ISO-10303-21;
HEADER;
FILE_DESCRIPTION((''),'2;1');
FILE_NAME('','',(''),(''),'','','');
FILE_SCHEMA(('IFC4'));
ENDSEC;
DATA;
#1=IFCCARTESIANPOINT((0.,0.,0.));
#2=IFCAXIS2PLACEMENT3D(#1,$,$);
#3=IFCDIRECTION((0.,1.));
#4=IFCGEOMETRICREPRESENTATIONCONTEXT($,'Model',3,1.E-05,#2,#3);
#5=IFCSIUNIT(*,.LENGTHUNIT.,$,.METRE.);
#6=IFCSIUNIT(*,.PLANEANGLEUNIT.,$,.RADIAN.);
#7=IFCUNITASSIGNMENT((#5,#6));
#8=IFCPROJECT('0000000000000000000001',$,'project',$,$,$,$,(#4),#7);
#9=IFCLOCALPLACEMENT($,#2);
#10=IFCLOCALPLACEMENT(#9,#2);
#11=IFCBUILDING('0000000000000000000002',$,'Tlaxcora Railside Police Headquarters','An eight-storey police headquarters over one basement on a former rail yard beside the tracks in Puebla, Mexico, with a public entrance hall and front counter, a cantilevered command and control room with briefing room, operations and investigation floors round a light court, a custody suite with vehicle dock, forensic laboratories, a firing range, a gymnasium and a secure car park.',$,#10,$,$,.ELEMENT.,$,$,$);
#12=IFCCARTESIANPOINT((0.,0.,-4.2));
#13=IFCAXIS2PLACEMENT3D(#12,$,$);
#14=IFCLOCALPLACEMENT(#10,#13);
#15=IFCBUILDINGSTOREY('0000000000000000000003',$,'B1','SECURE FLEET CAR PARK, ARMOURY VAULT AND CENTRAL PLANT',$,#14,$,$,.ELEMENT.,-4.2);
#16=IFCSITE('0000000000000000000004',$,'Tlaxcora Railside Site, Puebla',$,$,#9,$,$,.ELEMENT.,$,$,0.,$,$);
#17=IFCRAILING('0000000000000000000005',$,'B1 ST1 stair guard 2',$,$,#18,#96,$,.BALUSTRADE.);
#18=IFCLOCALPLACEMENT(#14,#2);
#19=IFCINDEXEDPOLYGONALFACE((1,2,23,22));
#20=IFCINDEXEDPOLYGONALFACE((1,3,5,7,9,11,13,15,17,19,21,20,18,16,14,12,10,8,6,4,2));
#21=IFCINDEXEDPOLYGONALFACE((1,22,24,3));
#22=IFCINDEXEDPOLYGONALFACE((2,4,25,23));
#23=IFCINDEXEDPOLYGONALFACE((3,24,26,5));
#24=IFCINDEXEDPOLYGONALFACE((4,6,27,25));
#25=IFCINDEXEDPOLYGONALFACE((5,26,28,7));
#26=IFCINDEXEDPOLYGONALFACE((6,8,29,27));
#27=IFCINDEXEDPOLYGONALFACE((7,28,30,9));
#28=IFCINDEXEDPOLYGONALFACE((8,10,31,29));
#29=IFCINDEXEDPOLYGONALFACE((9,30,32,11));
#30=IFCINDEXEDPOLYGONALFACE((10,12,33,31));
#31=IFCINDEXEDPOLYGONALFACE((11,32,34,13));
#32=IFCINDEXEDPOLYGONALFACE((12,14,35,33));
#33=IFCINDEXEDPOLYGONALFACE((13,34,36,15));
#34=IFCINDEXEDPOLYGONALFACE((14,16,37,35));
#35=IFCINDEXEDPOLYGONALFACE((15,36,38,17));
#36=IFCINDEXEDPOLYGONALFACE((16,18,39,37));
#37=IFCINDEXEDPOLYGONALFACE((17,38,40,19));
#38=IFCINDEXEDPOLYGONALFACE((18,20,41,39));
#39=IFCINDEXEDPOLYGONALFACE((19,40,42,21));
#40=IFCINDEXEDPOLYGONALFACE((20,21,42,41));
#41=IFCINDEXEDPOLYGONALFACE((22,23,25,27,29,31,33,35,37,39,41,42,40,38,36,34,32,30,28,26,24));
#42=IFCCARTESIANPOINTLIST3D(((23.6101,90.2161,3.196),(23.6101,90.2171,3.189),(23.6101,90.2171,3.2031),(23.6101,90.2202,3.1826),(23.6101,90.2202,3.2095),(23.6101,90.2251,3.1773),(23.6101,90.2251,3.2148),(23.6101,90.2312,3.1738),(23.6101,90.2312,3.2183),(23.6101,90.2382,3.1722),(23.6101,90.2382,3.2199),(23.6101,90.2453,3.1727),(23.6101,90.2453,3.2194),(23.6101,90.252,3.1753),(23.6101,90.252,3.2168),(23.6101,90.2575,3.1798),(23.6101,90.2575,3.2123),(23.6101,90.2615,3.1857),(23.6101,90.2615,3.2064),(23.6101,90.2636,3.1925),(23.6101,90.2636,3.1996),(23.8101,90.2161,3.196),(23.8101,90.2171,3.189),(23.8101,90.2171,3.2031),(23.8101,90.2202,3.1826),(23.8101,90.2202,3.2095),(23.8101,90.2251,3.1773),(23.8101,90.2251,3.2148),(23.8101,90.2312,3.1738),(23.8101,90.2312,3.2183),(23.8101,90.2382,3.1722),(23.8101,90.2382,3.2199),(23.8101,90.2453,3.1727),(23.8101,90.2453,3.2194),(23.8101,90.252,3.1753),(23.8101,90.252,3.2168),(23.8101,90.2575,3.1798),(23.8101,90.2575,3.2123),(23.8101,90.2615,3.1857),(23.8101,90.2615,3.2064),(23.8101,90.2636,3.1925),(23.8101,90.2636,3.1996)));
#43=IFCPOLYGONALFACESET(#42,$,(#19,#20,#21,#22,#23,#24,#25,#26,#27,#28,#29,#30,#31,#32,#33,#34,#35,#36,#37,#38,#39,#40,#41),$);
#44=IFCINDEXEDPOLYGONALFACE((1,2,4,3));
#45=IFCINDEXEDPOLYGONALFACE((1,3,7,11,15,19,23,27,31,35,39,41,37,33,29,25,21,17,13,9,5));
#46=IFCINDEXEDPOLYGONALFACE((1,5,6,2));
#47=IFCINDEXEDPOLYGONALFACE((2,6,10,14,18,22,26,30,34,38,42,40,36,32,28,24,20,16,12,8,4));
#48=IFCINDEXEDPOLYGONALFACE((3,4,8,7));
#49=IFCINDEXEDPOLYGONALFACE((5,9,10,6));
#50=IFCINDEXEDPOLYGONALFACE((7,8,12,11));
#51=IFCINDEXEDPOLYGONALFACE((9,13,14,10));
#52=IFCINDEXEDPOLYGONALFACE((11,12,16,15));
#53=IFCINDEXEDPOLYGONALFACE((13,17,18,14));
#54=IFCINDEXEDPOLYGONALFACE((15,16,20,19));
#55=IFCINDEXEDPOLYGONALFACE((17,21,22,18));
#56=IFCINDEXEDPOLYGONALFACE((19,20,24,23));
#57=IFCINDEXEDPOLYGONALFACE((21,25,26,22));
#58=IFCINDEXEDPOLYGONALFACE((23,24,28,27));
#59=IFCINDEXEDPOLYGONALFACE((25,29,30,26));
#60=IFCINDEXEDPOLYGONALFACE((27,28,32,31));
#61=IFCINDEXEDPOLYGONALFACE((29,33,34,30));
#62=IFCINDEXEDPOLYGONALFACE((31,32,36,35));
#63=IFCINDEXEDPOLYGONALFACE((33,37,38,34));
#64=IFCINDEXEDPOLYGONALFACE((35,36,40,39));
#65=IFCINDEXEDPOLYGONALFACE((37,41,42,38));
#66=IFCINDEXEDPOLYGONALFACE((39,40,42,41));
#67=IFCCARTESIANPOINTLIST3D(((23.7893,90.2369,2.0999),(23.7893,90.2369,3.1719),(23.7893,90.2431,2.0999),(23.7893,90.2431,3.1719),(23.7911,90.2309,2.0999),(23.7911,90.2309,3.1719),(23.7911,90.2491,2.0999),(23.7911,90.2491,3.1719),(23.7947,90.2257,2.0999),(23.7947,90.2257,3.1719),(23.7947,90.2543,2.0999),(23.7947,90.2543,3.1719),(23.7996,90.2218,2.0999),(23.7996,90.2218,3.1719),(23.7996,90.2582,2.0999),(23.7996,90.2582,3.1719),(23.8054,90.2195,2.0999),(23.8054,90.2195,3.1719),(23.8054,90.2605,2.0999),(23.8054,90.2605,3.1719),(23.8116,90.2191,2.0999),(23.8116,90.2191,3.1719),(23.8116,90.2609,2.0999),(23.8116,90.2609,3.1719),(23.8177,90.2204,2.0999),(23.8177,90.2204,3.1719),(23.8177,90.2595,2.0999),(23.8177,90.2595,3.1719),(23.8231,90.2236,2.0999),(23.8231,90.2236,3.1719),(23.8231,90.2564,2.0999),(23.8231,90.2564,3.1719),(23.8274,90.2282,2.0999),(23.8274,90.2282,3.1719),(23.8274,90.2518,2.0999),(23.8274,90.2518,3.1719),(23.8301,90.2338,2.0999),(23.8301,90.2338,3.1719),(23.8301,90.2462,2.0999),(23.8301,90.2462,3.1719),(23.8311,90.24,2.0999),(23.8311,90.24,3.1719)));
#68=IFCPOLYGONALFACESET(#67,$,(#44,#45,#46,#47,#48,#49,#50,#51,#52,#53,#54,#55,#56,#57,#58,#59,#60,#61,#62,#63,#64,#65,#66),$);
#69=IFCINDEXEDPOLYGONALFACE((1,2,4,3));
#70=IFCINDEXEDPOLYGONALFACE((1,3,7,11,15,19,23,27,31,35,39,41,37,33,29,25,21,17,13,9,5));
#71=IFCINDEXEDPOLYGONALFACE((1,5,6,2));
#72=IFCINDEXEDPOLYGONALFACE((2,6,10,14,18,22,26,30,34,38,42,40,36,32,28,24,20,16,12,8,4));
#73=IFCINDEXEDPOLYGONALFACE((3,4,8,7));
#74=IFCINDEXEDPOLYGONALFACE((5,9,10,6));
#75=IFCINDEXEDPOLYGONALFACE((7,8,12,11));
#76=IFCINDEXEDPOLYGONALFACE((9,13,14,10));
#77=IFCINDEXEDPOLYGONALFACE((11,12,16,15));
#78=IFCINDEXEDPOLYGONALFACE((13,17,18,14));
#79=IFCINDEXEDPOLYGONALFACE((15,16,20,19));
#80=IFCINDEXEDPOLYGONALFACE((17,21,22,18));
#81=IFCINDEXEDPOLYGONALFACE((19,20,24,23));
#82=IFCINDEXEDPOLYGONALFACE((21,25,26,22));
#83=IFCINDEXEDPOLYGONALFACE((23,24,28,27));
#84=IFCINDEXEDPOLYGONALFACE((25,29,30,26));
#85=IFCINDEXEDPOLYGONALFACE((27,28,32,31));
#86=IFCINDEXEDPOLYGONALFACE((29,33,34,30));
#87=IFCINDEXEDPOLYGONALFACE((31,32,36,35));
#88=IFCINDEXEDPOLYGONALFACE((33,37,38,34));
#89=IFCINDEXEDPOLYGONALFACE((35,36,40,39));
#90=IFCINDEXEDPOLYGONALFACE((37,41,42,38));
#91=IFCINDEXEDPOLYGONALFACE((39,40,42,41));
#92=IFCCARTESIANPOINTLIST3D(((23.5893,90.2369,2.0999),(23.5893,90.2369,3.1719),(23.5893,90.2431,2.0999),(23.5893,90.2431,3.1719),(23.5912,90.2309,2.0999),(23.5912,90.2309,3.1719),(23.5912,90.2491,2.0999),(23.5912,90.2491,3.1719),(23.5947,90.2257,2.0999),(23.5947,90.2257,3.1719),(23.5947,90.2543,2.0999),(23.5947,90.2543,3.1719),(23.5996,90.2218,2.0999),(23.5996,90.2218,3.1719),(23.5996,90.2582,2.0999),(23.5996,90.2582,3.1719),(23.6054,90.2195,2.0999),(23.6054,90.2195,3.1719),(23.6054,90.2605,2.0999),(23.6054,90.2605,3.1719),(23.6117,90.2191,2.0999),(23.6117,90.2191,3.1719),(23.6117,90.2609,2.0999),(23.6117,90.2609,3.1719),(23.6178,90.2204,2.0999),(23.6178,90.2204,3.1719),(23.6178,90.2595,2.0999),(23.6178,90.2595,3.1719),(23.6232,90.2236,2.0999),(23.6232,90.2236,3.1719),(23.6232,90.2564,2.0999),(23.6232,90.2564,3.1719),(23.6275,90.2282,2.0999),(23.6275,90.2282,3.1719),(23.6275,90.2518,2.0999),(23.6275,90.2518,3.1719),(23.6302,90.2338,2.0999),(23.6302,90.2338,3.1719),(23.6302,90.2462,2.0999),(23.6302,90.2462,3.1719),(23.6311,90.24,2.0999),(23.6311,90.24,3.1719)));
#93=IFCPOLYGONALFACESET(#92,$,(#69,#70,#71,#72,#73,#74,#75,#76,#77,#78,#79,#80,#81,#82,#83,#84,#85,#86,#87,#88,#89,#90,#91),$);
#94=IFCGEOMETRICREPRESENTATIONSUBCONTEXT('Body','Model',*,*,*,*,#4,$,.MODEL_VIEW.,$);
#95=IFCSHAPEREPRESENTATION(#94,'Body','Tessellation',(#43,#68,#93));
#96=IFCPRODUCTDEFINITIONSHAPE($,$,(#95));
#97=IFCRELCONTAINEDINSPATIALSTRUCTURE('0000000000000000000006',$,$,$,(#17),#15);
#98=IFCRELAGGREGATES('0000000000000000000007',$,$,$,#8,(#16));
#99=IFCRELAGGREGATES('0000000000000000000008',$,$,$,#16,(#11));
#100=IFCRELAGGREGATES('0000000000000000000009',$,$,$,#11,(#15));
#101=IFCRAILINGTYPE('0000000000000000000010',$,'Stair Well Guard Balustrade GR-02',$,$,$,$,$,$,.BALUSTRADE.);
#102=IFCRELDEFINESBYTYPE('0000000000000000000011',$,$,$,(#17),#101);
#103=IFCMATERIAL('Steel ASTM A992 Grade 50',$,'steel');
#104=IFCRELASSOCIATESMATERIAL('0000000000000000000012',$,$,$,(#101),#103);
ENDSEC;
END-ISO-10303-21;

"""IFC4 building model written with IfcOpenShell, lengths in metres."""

from ifc_helpers import new_model, si_unit, direction, frame, origin, origin_2d, place, context, subcontext, project, spatial, circle, extrude, material, type_object, element, save


model = new_model("IFC4")

# Units and contexts
model_context = context("Model", 3, precision=1e-05, world=origin(), true_north=direction((0.0, 1.0)))
body_context = subcontext(model_context, "Body", "Model", "MODEL_VIEW")
ifc_project = project(units=[si_unit("LENGTHUNIT", "METRE"), si_unit("PLANEANGLEUNIT", "RADIAN")], contexts=[model_context])

# Site, building, storey
site_placement = place(None, origin())
site = spatial("IfcSite", under=ifc_project, at=site_placement, Name="Tlaxcora Railside Site, Puebla", CompositionType="ELEMENT", RefElevation=0.0)
building_placement = place(site_placement, origin())
building = spatial("IfcBuilding", under=site, at=building_placement, Name="Tlaxcora Railside Police Headquarters", Description="An eight-storey police headquarters over one basement on a former rail yard beside the tracks in Puebla, Mexico, with a public entrance hall and front counter, a cantilevered command and control room with briefing room, operations and investigation floors round a light court, a custody suite with vehicle dock, forensic laboratories, a firing range, a gymnasium and a secure car park.", CompositionType="ELEMENT")
storey_placement = place(building_placement, frame((0.0, 0.0, -4.2)))
storey = spatial("IfcBuildingStorey", under=building, at=storey_placement, Name="B1", Description="SECURE FLEET CAR PARK, ARMOURY VAULT AND CENTRAL PLANT", CompositionType="ELEMENT", Elevation=-4.2)

# Shared definitions
ifc_material_1 = material(Name="Steel ASTM A992 Grade 50", Category="steel")

# Railing
railing_type_1 = type_object("IfcRailingType", Name="Stair Well Guard Balustrade GR-02", PredefinedType="BALUSTRADE", material=ifc_material_1)
railing_1_placement = place(storey_placement, frame((23.8101, 90.24, 2.0999)))
element("IfcRailing", 1, at=railing_1_placement, inside=storey, type_object=railing_type_1, Name="B1 ST1 stair guard 2", PredefinedType="BALUSTRADE", context=body_context, shape_type="SweptSolid", body=[
    extrude(circle(Radius=0.0239, at=origin_2d()), frame((0.0, 0.0, 1.0962), z_axis=(-1.0, 0.0, 0.0), x_axis=(0.0, -1.0, 0.0)), (0.0, 0.0, 1.0), 0.2),
    extrude(circle(Radius=0.021, at=origin_2d()), origin(), (0.0, 0.0, 1.0), 1.072),
    extrude(circle(Radius=0.021, at=origin_2d()), frame((-0.2, 0.0, 0.0)), (0.0, 0.0, 1.0), 1.072),
])

save(model, "model.ifc")
